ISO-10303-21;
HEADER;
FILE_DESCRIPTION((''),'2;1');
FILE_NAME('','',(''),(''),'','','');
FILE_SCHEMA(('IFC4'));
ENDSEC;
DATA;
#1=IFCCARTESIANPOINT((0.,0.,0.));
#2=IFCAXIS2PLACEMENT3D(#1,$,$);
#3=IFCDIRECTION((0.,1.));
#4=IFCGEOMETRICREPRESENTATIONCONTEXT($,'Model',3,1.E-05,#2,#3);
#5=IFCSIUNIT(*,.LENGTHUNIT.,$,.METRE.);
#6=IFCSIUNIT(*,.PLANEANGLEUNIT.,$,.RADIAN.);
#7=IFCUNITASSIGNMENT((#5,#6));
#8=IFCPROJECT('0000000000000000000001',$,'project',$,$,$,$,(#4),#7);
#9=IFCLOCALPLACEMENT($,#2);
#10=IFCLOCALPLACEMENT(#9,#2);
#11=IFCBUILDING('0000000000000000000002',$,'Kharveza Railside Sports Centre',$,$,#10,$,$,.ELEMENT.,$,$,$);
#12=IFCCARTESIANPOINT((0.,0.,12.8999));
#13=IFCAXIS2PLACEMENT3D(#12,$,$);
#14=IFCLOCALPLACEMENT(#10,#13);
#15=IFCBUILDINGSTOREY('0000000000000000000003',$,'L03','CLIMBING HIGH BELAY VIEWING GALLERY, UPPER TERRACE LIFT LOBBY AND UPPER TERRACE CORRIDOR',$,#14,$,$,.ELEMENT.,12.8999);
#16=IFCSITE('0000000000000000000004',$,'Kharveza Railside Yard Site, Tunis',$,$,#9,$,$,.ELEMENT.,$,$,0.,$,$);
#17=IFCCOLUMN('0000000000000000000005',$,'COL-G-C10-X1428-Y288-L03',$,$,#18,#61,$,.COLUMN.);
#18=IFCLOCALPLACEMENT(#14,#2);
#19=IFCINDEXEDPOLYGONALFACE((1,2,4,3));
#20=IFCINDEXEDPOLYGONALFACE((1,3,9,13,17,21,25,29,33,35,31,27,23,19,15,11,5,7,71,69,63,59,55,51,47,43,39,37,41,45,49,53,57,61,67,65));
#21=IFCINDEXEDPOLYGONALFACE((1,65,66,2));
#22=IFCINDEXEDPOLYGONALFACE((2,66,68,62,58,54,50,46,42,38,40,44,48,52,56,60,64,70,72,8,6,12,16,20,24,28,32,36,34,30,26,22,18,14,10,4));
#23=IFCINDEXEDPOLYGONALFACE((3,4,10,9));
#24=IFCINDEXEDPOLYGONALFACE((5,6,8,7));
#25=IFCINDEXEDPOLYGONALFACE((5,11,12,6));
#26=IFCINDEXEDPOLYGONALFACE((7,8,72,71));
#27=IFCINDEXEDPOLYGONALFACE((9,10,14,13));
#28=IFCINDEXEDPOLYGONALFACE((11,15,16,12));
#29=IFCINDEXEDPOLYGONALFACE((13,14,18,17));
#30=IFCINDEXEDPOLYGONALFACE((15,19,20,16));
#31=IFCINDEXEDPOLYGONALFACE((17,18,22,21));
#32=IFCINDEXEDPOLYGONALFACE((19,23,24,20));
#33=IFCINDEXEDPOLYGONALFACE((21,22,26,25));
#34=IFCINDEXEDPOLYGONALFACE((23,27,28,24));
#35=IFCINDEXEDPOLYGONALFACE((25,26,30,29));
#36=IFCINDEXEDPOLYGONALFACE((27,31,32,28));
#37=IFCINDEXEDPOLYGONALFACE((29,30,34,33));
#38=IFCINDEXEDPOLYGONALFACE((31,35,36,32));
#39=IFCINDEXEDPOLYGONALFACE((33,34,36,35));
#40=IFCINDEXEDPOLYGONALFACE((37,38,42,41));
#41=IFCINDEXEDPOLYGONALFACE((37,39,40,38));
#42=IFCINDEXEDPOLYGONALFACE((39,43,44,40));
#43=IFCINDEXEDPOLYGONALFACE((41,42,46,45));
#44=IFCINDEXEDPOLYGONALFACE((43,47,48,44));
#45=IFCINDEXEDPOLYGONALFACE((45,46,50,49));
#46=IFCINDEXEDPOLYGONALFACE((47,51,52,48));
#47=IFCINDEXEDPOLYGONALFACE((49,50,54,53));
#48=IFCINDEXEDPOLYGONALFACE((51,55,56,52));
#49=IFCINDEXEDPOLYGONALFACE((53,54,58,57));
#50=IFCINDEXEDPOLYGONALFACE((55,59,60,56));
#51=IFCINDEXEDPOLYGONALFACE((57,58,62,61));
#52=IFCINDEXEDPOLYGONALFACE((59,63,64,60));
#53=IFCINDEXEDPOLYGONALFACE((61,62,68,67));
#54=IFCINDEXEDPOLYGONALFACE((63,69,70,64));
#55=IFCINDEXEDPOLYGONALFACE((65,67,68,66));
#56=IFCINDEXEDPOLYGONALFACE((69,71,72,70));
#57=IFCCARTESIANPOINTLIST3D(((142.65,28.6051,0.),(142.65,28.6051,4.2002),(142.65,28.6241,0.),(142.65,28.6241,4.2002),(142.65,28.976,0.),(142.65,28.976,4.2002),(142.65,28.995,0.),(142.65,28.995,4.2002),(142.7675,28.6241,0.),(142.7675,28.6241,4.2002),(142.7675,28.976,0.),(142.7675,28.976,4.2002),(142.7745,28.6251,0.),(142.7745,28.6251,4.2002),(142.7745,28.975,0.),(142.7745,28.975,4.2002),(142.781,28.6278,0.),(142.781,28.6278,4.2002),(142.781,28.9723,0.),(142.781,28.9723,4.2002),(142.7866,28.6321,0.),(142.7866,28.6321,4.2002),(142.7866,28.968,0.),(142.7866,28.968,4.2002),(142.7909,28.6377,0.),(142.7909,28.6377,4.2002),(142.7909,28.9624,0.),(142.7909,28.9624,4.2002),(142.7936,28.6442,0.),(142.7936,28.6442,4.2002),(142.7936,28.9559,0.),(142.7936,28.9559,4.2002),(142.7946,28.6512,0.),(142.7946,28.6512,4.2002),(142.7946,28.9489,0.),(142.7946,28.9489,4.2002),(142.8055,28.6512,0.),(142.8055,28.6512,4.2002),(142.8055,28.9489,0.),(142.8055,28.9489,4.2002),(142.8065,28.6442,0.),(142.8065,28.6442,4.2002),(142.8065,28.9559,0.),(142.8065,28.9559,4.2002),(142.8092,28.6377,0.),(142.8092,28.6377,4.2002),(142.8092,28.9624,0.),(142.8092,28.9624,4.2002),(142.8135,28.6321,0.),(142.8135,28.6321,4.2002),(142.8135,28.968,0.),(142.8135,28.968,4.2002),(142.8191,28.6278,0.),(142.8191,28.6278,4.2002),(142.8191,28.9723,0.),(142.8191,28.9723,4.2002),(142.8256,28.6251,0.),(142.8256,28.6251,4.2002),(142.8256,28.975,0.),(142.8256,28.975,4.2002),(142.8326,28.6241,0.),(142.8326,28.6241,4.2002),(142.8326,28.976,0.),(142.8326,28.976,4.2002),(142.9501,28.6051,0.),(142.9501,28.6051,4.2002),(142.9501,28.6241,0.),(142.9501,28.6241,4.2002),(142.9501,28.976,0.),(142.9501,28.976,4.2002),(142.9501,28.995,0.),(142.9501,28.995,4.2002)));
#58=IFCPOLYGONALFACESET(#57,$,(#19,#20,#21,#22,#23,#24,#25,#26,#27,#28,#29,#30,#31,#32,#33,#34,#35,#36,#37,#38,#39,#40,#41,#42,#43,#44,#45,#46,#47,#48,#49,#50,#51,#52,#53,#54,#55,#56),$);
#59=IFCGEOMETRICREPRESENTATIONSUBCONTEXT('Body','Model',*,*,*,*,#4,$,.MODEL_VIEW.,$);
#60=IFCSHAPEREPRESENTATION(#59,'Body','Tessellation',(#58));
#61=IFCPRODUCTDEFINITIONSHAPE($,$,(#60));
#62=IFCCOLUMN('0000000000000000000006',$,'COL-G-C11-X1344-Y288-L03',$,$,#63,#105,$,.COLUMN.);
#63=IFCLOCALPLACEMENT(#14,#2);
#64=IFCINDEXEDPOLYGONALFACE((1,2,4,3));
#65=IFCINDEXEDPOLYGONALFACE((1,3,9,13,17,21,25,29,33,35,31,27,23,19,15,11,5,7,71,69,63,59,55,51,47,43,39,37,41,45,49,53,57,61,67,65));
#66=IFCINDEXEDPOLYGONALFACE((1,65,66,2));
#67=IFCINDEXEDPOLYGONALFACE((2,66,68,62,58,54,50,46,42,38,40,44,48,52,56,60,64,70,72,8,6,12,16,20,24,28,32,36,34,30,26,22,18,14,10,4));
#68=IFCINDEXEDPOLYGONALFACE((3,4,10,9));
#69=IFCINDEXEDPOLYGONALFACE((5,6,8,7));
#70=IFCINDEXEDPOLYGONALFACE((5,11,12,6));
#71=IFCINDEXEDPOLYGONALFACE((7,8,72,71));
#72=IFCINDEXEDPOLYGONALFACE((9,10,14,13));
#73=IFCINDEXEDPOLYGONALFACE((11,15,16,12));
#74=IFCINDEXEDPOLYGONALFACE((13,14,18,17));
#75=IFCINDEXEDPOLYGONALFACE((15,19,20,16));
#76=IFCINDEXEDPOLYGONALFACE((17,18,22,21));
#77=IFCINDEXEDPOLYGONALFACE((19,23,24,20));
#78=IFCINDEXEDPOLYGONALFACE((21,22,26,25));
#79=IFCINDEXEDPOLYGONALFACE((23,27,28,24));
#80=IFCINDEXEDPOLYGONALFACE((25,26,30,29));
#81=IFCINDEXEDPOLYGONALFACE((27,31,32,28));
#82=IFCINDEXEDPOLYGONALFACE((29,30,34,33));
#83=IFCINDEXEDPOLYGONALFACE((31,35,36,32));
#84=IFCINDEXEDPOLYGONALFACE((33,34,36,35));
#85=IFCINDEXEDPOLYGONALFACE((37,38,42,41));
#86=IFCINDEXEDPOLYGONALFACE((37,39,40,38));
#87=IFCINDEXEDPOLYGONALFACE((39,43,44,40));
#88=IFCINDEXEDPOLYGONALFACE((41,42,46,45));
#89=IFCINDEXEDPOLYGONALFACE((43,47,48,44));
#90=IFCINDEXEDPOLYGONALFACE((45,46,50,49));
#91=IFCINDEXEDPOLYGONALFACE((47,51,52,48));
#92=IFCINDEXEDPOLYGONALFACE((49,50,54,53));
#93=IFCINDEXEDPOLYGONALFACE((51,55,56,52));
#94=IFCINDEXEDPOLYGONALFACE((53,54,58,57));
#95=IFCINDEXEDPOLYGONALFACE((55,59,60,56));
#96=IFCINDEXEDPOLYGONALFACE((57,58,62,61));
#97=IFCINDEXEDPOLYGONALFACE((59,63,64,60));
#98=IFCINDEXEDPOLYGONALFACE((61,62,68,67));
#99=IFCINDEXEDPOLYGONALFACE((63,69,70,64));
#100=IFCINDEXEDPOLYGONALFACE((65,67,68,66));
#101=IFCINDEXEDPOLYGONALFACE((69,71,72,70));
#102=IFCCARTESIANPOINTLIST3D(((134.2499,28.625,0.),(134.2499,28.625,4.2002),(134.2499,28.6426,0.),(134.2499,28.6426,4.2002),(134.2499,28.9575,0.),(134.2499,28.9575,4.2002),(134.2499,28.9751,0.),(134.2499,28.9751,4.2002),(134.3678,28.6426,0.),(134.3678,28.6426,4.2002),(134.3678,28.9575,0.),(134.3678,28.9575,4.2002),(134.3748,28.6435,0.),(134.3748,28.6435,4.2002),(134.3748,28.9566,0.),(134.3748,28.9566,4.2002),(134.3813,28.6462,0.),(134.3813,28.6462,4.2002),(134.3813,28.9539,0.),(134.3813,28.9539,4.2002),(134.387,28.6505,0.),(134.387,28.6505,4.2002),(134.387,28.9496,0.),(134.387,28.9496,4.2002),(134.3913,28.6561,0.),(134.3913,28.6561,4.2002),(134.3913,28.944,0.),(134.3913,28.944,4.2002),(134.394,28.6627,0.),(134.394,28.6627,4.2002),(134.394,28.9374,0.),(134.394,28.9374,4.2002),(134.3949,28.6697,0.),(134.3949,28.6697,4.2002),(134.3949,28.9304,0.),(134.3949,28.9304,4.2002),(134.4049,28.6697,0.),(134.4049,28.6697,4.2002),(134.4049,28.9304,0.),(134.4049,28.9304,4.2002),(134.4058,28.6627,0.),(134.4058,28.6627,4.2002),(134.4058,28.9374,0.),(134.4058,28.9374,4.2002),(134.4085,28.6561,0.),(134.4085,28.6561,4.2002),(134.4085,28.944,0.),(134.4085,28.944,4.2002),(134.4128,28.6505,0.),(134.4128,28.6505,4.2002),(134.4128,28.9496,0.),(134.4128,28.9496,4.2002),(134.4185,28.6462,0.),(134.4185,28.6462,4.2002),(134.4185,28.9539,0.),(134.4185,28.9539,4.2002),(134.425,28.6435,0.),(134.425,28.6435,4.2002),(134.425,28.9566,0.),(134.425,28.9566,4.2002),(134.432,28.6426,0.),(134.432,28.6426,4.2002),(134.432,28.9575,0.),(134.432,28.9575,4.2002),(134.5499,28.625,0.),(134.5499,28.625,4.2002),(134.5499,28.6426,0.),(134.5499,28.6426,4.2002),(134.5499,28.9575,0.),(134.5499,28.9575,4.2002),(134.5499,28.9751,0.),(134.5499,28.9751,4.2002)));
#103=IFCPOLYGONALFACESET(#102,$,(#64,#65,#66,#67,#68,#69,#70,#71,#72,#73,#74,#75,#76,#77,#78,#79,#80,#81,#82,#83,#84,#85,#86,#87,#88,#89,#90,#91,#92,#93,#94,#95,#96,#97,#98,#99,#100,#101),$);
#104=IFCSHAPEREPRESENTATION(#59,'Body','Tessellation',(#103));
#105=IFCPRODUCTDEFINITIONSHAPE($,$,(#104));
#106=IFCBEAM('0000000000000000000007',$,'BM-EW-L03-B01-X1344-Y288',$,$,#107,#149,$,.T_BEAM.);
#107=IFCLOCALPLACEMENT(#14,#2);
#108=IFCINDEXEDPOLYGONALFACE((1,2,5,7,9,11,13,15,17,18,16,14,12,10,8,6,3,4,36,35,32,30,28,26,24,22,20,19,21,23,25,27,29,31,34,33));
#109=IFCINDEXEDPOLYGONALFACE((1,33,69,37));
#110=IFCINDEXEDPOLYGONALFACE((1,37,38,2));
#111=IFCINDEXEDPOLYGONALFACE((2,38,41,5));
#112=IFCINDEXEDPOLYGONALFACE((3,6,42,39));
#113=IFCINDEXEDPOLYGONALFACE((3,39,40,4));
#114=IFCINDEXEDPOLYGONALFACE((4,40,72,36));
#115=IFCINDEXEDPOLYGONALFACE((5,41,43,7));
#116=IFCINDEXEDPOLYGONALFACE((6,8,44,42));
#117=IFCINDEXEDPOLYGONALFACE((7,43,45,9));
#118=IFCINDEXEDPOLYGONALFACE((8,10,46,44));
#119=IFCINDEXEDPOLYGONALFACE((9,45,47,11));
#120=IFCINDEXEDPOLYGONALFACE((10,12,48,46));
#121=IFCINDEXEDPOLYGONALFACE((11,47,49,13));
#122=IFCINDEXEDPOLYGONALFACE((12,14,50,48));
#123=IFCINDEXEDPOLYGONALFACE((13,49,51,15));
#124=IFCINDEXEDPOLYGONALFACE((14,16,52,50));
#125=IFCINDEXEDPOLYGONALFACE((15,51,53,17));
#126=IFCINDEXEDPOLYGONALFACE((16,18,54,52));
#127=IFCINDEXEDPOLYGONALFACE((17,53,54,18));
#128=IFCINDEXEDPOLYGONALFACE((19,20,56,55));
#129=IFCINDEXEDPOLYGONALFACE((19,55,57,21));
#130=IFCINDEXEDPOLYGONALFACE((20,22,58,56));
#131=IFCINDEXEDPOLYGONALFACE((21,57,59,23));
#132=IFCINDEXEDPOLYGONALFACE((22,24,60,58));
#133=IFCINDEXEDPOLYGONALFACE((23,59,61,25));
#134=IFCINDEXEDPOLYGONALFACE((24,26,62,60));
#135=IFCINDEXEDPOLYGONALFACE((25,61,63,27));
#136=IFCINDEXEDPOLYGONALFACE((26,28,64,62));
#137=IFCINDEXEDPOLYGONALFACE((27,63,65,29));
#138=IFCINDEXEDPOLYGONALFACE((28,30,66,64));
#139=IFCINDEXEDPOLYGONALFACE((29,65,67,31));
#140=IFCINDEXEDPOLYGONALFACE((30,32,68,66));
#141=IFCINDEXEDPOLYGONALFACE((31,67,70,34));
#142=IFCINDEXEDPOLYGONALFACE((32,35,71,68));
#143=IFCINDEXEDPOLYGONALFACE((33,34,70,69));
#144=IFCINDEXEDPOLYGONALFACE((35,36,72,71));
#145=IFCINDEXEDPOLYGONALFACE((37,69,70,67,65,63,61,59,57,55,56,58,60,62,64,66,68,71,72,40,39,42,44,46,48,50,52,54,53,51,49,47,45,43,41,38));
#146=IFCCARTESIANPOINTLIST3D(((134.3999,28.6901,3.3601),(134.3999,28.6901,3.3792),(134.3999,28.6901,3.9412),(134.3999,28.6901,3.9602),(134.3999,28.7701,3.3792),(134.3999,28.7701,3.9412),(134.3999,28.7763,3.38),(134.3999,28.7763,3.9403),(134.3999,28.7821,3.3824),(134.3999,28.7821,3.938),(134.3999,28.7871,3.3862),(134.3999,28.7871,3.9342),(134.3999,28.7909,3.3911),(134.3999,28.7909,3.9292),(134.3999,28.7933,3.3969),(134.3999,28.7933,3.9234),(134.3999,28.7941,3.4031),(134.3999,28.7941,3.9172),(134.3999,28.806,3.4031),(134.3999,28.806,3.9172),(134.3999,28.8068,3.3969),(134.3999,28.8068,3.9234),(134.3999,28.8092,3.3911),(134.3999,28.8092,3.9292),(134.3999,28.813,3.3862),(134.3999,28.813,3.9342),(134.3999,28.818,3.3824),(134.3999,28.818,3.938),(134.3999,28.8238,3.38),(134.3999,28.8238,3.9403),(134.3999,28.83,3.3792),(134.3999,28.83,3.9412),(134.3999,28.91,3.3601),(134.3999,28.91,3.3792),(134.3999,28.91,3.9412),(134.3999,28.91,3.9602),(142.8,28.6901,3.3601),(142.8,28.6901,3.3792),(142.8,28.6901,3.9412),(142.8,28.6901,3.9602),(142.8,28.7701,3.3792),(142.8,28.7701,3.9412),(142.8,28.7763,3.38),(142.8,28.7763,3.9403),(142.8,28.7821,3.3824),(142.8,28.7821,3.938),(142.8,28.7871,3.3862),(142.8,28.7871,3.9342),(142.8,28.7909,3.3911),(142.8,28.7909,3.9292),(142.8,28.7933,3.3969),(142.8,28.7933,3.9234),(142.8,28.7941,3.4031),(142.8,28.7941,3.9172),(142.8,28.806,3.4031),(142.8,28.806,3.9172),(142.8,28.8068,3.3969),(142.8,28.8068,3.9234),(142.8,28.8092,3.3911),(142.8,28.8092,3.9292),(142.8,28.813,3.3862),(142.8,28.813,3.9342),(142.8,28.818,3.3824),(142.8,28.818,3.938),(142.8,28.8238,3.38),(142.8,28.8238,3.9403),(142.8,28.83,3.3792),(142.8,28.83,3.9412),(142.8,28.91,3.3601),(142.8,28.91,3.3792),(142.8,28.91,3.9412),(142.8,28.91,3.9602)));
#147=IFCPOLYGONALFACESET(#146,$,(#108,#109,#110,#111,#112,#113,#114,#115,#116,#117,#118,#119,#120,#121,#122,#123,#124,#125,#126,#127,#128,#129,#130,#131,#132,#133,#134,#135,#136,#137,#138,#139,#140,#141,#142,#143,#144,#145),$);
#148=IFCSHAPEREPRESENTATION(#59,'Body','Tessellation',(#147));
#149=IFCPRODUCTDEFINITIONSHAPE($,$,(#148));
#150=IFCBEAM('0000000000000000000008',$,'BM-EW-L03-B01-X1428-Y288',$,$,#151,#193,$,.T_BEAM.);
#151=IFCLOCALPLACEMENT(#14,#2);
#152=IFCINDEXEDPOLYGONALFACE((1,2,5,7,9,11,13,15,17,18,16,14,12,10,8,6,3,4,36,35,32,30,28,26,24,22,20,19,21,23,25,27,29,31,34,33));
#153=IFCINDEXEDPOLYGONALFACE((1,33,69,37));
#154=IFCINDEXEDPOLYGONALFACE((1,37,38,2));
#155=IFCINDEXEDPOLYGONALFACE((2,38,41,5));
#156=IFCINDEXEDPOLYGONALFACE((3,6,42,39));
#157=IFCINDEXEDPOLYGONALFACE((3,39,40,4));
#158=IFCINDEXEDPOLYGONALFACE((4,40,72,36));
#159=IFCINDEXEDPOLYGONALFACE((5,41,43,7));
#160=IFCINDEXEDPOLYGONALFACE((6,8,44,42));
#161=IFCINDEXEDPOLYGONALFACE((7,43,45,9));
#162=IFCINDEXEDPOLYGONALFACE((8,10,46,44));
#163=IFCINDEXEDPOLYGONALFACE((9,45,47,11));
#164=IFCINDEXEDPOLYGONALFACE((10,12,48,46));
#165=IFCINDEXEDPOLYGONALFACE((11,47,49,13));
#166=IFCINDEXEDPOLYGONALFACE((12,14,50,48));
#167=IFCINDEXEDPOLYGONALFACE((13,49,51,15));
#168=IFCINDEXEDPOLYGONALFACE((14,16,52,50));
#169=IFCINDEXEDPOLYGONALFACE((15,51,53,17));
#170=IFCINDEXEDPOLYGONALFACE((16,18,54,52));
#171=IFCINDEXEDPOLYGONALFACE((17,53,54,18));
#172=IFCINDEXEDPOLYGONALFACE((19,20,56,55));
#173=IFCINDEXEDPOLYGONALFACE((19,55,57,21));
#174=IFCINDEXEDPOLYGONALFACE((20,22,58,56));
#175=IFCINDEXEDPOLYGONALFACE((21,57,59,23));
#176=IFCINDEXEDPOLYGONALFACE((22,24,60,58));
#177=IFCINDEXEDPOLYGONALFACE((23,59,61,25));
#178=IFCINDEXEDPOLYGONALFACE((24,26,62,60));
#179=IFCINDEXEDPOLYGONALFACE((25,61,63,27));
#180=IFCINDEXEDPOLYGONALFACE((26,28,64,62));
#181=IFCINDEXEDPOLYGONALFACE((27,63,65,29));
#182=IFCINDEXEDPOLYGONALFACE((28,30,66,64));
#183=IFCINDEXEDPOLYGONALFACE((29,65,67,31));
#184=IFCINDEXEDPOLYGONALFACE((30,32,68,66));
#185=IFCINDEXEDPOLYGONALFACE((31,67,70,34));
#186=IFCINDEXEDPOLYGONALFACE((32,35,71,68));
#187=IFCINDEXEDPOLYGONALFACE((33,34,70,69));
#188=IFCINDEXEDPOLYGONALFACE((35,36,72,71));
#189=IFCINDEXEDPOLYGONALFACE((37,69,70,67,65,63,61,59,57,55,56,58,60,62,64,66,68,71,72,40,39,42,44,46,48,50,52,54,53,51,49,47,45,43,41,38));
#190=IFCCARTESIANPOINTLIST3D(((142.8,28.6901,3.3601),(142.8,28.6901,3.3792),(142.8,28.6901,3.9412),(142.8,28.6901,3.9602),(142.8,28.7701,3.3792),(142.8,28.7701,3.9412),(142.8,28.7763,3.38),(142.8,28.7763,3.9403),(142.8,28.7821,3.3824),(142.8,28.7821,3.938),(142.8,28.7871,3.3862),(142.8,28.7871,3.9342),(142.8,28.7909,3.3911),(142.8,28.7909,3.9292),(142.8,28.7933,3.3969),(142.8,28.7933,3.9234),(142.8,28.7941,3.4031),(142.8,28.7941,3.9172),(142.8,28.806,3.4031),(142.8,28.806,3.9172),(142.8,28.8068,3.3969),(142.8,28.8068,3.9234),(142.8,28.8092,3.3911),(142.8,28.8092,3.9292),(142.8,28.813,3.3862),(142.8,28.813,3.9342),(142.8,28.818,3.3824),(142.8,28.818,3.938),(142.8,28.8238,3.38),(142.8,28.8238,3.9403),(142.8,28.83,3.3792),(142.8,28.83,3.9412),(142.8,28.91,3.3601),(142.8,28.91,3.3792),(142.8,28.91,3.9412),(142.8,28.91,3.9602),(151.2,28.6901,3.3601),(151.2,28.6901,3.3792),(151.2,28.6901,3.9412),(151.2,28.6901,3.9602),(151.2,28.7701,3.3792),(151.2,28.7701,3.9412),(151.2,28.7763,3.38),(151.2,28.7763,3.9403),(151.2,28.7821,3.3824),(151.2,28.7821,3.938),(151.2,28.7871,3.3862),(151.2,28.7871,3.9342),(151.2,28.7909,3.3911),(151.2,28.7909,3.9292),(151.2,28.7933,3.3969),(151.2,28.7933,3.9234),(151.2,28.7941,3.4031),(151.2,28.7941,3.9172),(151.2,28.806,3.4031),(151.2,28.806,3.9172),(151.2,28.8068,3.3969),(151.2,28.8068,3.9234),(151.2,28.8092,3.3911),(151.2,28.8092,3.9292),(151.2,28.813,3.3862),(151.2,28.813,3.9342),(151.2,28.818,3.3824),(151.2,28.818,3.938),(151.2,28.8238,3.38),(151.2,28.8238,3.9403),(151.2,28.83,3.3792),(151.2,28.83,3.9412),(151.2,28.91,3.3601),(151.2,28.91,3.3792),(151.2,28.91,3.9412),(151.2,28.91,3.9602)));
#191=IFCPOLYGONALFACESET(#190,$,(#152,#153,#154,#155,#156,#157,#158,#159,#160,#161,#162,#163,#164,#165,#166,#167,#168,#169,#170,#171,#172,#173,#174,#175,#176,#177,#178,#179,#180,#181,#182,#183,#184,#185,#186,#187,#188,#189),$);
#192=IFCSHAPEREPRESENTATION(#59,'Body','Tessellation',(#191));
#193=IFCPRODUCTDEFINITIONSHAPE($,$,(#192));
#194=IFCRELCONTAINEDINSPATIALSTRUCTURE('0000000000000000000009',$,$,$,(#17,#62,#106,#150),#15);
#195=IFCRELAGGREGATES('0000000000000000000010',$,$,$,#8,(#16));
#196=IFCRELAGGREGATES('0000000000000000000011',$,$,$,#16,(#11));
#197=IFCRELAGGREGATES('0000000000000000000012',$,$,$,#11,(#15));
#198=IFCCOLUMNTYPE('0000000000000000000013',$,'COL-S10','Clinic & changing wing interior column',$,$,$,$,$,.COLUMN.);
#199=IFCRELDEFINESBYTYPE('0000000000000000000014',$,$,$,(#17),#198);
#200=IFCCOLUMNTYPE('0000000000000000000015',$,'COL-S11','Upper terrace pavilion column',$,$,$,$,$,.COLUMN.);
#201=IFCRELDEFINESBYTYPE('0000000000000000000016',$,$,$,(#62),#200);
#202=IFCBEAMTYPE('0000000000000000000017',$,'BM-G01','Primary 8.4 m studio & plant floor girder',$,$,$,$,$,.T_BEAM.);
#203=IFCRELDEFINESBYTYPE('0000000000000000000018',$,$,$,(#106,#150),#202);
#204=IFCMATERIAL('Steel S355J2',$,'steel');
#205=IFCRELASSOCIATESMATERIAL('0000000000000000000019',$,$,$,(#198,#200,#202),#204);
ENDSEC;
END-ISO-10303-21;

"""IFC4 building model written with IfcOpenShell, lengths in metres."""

from ifc_helpers import new_model, si_unit, direction, frame, origin, origin_2d, place, context, subcontext, project, spatial, i_section, extrude, material, material_profile, profile_set, type_object, element, save


model = new_model("IFC4")

# Units and contexts
model_context = context("Model", 3, precision=1e-05, world=origin(), true_north=direction((0.0, 1.0)))
body_context = subcontext(model_context, "Body", "Model", "MODEL_VIEW")
ifc_project = project(units=[si_unit("LENGTHUNIT", "METRE"), si_unit("PLANEANGLEUNIT", "RADIAN")], contexts=[model_context])

# Site, building, storey
site_placement = place(None, origin())
site = spatial("IfcSite", under=ifc_project, at=site_placement, Name="Kharveza Railside Yard Site, Tunis", CompositionType="ELEMENT", RefElevation=0.0)
building_placement = place(site_placement, origin())
building = spatial("IfcBuilding", under=site, at=building_placement, Name="Kharveza Railside Sports Centre", CompositionType="ELEMENT")
storey_placement = place(building_placement, frame((0.0, 0.0, 12.8999)))
storey = spatial("IfcBuildingStorey", under=building, at=storey_placement, Name="L03", Description="CLIMBING HIGH BELAY VIEWING GALLERY, UPPER TERRACE LIFT LOBBY AND UPPER TERRACE CORRIDOR", CompositionType="ELEMENT", Elevation=12.8999)

# Columns
ifc_material_1 = material(Name="Steel S355J2", Category="steel")
ifc_material_profile_1 = material_profile(ifc_material_1, i_section(OverallWidth=0.3, OverallDepth=0.3899, WebThickness=0.011, FlangeThickness=0.019, FilletRadius=0.0271, at=origin_2d()), Name="HEA 400")
ifc_profile_set_1 = profile_set([ifc_material_profile_1], Name="Steel S355J2")
column_type_1 = type_object("IfcColumnType", Name="COL-S10", Description="Clinic & changing wing interior column", PredefinedType="COLUMN", material=ifc_profile_set_1)
column_1_placement = place(storey_placement, frame((142.8, 28.8, 0.0), z_axis=(0.0, 0.0, 1.0), x_axis=(1.0, 0.0, 0.0)))
element("IfcColumn", 1, at=column_1_placement, inside=storey, type_object=column_type_1, Name="COL-G-C10-X1428-Y288-L03", PredefinedType="COLUMN", context=body_context, shape_type="SweptSolid", body=[
    extrude(i_section(OverallWidth=0.3, OverallDepth=0.3899, WebThickness=0.011, FlangeThickness=0.019, FilletRadius=0.0271, at=origin_2d()), origin(), (0.0, 0.0, 1.0), 4.2002),
])
ifc_material_profile_2 = material_profile(ifc_material_1, i_section(OverallWidth=0.3, OverallDepth=0.3501, WebThickness=0.01, FlangeThickness=0.0176, FilletRadius=0.0271, at=origin_2d()), Name="HEA 360")
ifc_profile_set_2 = profile_set([ifc_material_profile_2], Name="Steel S355J2")
column_type_2 = type_object("IfcColumnType", Name="COL-S11", Description="Upper terrace pavilion column", PredefinedType="COLUMN", material=ifc_profile_set_2)
column_2_placement = place(storey_placement, frame((134.3999, 28.8, 0.0), z_axis=(0.0, 0.0, 1.0), x_axis=(1.0, 0.0, 0.0)))
element("IfcColumn", 2, at=column_2_placement, inside=storey, type_object=column_type_2, Name="COL-G-C11-X1344-Y288-L03", PredefinedType="COLUMN", context=body_context, shape_type="SweptSolid", body=[
    extrude(i_section(OverallWidth=0.3, OverallDepth=0.3501, WebThickness=0.01, FlangeThickness=0.0176, FilletRadius=0.0271, at=origin_2d()), origin(), (0.0, 0.0, 1.0), 4.2002),
])

# Beams
ifc_material_profile_3 = material_profile(ifc_material_1, i_section(OverallWidth=0.22, OverallDepth=0.6001, WebThickness=0.012, FlangeThickness=0.019, FilletRadius=0.0239, at=origin_2d()), Name="IPE 600")
ifc_profile_set_3 = profile_set([ifc_material_profile_3], Name="Steel S355J2")
beam_type_1 = type_object("IfcBeamType", Name="BM-G01", Description="Primary 8.4 m studio & plant floor girder", PredefinedType="T_BEAM", material=ifc_profile_set_3)
beam_1_placement = place(storey_placement, frame((134.3999, 28.8, 3.6602), z_axis=(1.0, 0.0, 0.0), x_axis=(0.0, 1.0, 0.0)))
element("IfcBeam", 3, at=beam_1_placement, inside=storey, type_object=beam_type_1, Name="BM-EW-L03-B01-X1344-Y288", PredefinedType="T_BEAM", context=body_context, shape_type="SweptSolid", body=[
    extrude(i_section(OverallWidth=0.22, OverallDepth=0.6001, WebThickness=0.012, FlangeThickness=0.019, FilletRadius=0.0239, at=origin_2d()), origin(), (0.0, 0.0, 1.0), 8.4001),
])
beam_2_placement = place(storey_placement, frame((142.8, 28.8, 3.6602), z_axis=(1.0, 0.0, 0.0), x_axis=(0.0, 1.0, 0.0)))
element("IfcBeam", 4, at=beam_2_placement, inside=storey, type_object=beam_type_1, Name="BM-EW-L03-B01-X1428-Y288", PredefinedType="T_BEAM", context=body_context, shape_type="SweptSolid", body=[
    extrude(i_section(OverallWidth=0.22, OverallDepth=0.6001, WebThickness=0.012, FlangeThickness=0.019, FilletRadius=0.0239, at=origin_2d()), origin(), (0.0, 0.0, 1.0), 8.3999),
])

save(model, "model.ifc")
